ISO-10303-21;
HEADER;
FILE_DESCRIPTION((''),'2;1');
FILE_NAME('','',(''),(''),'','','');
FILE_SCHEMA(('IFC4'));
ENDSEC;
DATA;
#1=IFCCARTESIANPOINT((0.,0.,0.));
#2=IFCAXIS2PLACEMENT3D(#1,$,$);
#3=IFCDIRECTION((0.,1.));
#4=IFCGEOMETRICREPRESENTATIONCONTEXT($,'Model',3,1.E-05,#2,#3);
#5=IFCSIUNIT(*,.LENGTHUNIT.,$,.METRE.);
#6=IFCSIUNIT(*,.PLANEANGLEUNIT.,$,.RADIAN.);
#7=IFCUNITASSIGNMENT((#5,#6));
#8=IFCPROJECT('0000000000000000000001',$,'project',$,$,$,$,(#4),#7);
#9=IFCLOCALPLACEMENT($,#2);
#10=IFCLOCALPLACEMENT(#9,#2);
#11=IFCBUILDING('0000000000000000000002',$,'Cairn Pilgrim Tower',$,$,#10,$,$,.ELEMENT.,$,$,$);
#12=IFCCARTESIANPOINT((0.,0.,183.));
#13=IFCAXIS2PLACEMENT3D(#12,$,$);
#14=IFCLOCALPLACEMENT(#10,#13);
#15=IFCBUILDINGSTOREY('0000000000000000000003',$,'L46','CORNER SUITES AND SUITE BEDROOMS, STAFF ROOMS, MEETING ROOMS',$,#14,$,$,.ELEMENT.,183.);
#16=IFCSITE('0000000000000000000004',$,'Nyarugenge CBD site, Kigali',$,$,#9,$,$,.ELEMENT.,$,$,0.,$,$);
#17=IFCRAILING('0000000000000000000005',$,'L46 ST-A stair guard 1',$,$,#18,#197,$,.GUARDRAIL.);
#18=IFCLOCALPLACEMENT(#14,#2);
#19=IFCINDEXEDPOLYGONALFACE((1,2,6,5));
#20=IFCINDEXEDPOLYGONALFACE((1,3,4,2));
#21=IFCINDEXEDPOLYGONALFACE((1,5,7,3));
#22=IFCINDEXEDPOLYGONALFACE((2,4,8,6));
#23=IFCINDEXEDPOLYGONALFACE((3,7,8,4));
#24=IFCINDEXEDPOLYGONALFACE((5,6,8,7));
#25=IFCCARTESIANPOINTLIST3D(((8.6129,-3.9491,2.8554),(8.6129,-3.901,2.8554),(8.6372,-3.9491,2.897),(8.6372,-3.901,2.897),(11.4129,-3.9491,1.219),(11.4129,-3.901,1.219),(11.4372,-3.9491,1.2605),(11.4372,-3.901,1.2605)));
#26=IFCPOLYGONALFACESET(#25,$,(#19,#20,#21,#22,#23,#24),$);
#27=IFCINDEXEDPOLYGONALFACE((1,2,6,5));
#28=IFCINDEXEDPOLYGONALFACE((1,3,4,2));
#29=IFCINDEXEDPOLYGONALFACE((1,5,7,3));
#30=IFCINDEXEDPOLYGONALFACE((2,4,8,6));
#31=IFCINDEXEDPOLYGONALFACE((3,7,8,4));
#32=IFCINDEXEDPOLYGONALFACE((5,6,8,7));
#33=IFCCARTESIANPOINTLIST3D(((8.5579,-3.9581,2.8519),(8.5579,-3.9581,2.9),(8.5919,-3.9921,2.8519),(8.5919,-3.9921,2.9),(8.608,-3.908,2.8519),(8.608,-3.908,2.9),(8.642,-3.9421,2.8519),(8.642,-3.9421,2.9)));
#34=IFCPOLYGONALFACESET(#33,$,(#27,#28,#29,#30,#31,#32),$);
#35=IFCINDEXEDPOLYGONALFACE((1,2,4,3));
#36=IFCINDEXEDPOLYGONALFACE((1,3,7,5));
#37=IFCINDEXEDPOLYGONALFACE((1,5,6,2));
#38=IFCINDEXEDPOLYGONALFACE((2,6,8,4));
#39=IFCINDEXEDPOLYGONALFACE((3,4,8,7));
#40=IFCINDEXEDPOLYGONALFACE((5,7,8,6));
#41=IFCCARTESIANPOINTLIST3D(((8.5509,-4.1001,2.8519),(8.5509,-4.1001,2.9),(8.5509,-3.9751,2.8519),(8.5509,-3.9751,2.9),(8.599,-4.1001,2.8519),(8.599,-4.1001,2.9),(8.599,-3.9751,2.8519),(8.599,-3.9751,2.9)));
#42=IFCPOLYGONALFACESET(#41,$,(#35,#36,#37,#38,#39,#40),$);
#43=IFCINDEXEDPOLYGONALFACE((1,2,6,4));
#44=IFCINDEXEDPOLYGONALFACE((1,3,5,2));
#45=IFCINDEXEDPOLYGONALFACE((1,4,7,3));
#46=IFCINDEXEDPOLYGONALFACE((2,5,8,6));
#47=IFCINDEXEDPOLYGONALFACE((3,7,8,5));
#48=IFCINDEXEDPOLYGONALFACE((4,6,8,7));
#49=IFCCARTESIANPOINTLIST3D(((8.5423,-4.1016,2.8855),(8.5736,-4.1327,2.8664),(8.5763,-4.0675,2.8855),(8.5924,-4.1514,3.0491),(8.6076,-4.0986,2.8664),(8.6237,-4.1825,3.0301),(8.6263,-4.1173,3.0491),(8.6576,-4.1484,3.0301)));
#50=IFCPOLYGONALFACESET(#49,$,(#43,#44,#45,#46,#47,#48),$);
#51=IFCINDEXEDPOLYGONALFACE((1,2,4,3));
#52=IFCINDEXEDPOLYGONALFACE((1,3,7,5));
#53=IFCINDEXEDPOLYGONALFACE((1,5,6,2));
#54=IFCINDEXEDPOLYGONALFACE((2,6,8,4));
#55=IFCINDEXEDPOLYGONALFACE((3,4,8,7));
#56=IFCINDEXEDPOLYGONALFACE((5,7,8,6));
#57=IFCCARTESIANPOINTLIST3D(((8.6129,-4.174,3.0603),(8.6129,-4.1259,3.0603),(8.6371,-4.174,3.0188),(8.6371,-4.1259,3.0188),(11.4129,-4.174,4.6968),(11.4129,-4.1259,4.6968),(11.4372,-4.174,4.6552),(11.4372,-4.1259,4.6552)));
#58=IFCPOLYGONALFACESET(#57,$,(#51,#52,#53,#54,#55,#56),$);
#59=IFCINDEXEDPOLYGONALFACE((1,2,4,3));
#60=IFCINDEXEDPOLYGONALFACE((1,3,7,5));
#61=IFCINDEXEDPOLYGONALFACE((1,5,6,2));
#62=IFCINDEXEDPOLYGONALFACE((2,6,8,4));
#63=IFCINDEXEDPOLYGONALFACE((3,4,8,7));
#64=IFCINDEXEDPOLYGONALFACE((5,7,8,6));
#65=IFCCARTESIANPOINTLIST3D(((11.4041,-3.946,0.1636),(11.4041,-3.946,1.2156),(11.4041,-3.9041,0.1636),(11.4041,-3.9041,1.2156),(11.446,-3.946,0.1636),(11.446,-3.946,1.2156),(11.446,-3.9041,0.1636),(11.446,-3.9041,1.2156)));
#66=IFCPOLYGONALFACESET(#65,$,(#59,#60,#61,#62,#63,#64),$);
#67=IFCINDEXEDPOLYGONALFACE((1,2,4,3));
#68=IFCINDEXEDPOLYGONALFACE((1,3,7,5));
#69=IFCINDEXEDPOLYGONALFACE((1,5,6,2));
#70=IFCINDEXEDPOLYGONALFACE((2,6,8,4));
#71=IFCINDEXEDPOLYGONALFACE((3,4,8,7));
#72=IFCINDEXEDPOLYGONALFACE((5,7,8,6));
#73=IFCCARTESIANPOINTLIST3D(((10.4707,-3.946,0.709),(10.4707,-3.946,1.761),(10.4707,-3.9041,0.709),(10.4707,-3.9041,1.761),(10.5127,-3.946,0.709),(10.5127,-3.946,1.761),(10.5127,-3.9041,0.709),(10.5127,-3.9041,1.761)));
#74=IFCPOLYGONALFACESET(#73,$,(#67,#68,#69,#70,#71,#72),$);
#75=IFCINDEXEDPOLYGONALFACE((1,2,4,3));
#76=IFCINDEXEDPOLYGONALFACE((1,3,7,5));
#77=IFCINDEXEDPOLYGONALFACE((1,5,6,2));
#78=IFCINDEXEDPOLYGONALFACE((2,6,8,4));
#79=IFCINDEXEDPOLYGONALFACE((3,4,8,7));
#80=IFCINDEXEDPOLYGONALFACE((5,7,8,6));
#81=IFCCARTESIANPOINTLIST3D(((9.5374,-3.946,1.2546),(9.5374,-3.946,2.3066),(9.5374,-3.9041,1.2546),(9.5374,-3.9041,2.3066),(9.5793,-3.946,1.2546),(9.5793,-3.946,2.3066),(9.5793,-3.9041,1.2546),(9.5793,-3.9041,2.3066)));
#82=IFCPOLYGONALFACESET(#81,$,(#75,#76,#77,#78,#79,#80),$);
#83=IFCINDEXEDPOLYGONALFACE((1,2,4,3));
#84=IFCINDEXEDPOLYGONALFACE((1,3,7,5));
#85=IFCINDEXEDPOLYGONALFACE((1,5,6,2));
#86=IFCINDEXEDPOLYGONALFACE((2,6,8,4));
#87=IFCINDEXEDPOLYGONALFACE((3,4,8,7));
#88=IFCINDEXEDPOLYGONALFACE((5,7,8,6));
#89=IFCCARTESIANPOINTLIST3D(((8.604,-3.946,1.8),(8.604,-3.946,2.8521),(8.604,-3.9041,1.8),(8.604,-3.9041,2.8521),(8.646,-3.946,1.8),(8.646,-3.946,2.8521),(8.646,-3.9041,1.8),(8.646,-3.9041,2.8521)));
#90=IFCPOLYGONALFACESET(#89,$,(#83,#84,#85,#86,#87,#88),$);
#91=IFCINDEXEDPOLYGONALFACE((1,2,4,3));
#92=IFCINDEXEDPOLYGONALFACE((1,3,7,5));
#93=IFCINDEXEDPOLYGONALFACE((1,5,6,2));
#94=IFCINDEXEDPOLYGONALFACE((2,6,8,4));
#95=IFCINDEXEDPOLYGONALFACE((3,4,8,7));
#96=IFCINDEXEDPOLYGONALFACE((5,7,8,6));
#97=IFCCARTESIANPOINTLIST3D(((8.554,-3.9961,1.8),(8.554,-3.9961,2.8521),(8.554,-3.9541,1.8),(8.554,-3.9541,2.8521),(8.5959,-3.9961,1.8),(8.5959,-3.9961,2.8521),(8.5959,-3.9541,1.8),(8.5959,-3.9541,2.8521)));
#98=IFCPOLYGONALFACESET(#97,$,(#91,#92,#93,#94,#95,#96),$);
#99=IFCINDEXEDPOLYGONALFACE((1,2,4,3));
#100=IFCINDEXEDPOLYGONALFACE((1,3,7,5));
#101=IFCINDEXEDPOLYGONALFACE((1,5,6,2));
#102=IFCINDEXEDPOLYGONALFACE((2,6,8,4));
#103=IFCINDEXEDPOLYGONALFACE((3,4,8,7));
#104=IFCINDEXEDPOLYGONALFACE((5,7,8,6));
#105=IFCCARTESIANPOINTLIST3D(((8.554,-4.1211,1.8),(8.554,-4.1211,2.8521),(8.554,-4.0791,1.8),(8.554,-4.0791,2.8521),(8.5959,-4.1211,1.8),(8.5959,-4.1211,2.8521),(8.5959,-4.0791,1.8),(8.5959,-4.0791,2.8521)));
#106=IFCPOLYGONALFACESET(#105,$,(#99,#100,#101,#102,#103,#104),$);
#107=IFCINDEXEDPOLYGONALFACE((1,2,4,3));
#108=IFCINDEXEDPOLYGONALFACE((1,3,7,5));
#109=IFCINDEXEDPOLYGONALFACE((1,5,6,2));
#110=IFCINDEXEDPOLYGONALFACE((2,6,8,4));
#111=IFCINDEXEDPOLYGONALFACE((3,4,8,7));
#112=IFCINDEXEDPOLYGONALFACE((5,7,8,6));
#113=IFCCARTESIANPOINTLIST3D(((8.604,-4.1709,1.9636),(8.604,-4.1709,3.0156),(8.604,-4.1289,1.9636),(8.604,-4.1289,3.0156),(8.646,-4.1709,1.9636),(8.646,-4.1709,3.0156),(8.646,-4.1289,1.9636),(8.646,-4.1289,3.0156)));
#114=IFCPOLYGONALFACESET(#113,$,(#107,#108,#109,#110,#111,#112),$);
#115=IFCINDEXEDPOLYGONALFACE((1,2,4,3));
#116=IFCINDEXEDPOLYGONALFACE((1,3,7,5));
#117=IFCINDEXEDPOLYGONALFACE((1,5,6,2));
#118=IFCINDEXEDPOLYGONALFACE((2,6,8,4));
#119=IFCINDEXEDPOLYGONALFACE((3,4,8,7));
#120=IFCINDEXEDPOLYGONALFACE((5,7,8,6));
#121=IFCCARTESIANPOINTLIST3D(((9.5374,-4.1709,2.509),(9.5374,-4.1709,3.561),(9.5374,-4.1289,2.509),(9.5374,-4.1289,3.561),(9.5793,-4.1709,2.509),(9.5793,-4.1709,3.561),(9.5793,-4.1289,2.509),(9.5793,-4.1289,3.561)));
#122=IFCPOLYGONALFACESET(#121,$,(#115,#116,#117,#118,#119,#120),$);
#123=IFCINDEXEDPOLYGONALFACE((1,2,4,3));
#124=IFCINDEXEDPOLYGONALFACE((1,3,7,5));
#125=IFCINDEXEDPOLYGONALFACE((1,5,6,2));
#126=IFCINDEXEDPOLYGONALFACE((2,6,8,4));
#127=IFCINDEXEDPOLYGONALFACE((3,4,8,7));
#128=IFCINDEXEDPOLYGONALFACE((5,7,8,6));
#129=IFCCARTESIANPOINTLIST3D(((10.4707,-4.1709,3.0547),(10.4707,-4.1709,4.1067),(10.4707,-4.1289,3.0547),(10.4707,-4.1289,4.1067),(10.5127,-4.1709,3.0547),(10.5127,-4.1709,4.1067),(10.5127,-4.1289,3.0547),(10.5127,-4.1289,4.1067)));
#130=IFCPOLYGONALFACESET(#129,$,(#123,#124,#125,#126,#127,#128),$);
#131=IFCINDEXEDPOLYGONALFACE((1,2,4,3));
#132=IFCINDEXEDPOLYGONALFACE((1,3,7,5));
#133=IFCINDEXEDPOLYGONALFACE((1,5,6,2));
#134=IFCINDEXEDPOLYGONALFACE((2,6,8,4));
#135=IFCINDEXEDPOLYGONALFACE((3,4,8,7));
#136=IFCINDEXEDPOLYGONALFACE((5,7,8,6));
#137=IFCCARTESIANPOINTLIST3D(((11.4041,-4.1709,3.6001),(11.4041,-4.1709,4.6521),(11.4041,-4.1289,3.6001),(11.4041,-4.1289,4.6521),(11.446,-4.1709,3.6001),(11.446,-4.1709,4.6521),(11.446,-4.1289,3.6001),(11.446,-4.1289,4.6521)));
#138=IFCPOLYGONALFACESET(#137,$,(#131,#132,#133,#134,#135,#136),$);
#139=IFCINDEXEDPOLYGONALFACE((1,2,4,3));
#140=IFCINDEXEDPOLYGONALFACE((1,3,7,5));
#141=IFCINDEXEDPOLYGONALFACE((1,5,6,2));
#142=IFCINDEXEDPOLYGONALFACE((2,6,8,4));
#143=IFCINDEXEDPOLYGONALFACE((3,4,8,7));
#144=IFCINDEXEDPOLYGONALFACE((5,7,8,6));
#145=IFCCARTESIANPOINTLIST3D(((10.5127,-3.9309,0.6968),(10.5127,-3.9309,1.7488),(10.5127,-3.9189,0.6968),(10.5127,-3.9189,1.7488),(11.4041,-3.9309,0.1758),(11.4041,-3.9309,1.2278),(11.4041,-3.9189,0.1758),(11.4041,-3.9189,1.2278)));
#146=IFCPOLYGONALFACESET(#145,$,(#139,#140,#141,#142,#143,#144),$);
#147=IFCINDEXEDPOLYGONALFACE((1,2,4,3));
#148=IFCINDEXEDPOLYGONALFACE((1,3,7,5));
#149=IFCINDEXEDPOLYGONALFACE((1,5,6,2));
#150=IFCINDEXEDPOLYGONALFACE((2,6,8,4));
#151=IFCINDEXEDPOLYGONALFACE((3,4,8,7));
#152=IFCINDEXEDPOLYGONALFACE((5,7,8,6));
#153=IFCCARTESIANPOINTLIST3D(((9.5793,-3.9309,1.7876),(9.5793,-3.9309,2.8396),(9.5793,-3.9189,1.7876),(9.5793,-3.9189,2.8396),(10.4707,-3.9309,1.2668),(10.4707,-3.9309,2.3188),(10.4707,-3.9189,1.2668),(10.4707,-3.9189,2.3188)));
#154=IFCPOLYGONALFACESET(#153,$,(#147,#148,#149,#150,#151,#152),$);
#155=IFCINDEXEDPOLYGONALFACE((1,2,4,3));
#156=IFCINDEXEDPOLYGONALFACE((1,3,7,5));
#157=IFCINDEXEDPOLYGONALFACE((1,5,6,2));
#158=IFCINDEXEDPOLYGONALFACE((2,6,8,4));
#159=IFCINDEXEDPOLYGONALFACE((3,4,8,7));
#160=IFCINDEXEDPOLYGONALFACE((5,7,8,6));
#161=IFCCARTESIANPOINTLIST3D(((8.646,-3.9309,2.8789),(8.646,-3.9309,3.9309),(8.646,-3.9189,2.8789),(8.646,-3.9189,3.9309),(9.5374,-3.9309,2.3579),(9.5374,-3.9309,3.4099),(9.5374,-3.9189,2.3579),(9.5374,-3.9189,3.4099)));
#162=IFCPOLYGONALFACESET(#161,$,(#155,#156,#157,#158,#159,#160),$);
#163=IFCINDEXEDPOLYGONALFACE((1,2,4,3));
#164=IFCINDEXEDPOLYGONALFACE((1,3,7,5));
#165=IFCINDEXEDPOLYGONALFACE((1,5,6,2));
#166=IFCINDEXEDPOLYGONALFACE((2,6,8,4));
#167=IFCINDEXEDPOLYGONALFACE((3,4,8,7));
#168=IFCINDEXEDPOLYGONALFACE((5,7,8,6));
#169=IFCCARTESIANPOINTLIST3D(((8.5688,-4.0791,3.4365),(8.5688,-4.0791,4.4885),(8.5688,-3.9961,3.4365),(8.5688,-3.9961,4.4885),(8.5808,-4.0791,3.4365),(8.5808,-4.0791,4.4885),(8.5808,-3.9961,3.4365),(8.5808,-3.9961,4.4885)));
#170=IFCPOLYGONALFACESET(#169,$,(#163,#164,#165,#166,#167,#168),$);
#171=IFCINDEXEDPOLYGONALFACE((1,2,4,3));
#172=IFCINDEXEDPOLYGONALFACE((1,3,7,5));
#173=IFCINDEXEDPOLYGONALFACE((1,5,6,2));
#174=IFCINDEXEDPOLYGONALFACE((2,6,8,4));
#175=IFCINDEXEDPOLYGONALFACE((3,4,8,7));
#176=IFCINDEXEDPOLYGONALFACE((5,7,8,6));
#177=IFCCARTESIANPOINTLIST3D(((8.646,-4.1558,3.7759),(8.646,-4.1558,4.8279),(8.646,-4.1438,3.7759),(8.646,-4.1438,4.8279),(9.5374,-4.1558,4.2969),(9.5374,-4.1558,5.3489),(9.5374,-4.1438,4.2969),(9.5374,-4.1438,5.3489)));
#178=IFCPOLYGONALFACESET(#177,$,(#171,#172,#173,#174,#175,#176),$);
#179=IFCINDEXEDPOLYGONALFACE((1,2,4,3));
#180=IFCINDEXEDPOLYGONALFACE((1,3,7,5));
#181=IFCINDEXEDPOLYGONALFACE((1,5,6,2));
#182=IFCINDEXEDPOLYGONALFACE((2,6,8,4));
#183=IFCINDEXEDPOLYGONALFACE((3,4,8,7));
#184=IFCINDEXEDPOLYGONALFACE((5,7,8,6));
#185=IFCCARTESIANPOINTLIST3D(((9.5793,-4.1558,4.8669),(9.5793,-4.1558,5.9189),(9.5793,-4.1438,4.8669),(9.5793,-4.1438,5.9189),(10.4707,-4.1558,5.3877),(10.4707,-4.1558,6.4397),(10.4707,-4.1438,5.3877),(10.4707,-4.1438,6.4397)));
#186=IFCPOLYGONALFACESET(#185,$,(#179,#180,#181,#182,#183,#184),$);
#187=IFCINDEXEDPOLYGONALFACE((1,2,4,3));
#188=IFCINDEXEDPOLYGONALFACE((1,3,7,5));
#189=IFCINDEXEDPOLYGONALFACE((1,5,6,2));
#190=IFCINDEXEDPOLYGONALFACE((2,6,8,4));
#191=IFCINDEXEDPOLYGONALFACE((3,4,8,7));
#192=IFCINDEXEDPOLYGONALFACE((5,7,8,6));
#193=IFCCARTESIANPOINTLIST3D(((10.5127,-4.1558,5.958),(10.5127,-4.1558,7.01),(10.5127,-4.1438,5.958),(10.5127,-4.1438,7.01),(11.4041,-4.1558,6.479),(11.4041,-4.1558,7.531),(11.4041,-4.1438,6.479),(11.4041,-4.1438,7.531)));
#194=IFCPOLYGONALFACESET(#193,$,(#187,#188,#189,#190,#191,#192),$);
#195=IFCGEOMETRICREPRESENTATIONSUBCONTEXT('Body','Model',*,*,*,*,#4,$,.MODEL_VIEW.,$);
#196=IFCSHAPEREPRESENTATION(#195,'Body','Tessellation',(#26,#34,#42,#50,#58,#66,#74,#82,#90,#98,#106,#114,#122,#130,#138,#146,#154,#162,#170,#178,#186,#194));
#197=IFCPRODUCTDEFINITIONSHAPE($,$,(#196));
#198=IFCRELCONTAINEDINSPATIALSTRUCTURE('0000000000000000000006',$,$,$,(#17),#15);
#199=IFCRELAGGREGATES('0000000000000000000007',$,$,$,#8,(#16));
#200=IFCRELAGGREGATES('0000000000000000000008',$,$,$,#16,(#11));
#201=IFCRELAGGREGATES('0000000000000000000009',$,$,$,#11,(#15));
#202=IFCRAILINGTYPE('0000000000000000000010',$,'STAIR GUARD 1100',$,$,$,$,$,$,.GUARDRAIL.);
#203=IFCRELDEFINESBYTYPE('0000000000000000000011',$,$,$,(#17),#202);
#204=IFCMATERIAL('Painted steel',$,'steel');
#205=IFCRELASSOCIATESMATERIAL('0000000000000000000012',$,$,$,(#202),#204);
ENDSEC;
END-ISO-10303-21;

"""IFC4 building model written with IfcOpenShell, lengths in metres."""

from ifc_helpers import new_model, si_unit, direction, frame, origin, origin_2d, place, context, subcontext, project, spatial, polyline, rectangle, outline, extrude, material, type_object, element, save


model = new_model("IFC4")

# Units and contexts
model_context = context("Model", 3, precision=1e-05, world=origin(), true_north=direction((0.0, 1.0)))
body_context = subcontext(model_context, "Body", "Model", "MODEL_VIEW")
ifc_project = project(units=[si_unit("LENGTHUNIT", "METRE"), si_unit("PLANEANGLEUNIT", "RADIAN")], contexts=[model_context])

# Site, building, storey
site_placement = place(None, origin())
site = spatial("IfcSite", under=ifc_project, at=site_placement, Name="Nyarugenge CBD site, Kigali", CompositionType="ELEMENT", RefElevation=0.0)
building_placement = place(site_placement, origin())
building = spatial("IfcBuilding", under=site, at=building_placement, Name="Cairn Pilgrim Tower", CompositionType="ELEMENT")
storey_placement = place(building_placement, frame((0.0, 0.0, 183.0)))
storey = spatial("IfcBuildingStorey", under=building, at=storey_placement, Name="L46", Description="CORNER SUITES AND SUITE BEDROOMS, STAFF ROOMS, MEETING ROOMS", CompositionType="ELEMENT", Elevation=183.0)

# Railing
ifc_material_1 = material(Name="Painted steel", Category="steel")
railing_type_1 = type_object("IfcRailingType", Name="STAIR GUARD 1100", PredefinedType="GUARDRAIL", material=ifc_material_1)
railing_1_placement = place(storey_placement, frame((11.425, -3.925, 0.1636)))
element("IfcRailing", 1, at=railing_1_placement, inside=storey, type_object=railing_type_1, Name="L46 ST-A stair guard 1", PredefinedType="GUARDRAIL", context=body_context, shape_type="SweptSolid", body=[
    extrude(rectangle(XDim=0.0481, YDim=0.0481, at=origin_2d()), frame((0.0, 0.0, 1.0762), z_axis=(-0.863361, 0.0, 0.504587), x_axis=(0.0, -1.0, 0.0)), (0.0, 0.0, 1.0), 3.2432),
    extrude(rectangle(XDim=0.0481, YDim=0.0481, at=origin_2d()), frame((-2.8, 0.0, 2.7124), z_axis=(-0.707107, -0.707107, 0.0), x_axis=(0.707107, -0.707107, 0.0)), (0.0, 0.0, 1.0), 0.0708),
    extrude(rectangle(XDim=0.0481, YDim=0.0481, at=origin_2d()), frame((-2.8501, -0.05, 2.7124), z_axis=(0.0, -1.0, 0.0), x_axis=(1.0, 0.0, 0.0)), (0.0, 0.0, 1.0), 0.125),
    extrude(rectangle(XDim=0.0481, YDim=0.0481, at=origin_2d()), frame((-2.8501, -0.175, 2.7124), z_axis=(0.280917, -0.279546, 0.918118), x_axis=(0.705376, 0.708834, 0.0)), (0.0, 0.0, 1.0), 0.1782),
    extrude(rectangle(XDim=0.0481, YDim=0.0481, at=origin_2d()), frame((-2.8, -0.2249, 2.876), z_axis=(0.863361, 0.0, 0.504587), x_axis=(0.0, 1.0, 0.0)), (0.0, 0.0, 1.0), 3.2432),
    extrude(rectangle(XDim=0.042, YDim=0.042, at=origin_2d()), origin(), (0.0, 0.0, 1.0), 1.052),
    extrude(rectangle(XDim=0.042, YDim=0.042, at=origin_2d()), frame((-0.9333, 0.0, 0.5454)), (0.0, 0.0, 1.0), 1.052),
    extrude(rectangle(XDim=0.042, YDim=0.042, at=origin_2d()), frame((-1.8667, 0.0, 1.0911)), (0.0, 0.0, 1.0), 1.052),
    extrude(rectangle(XDim=0.042, YDim=0.042, at=origin_2d()), frame((-2.8, 0.0, 1.6365)), (0.0, 0.0, 1.0), 1.052),
    extrude(rectangle(XDim=0.042, YDim=0.042, at=origin_2d()), frame((-2.8501, -0.05, 1.6365)), (0.0, 0.0, 1.0), 1.052),
    extrude(rectangle(XDim=0.042, YDim=0.042, at=origin_2d()), frame((-2.8501, -0.175, 1.6365)), (0.0, 0.0, 1.0), 1.052),
    extrude(rectangle(XDim=0.042, YDim=0.042, at=origin_2d()), frame((-2.8, -0.2249, 1.8)), (0.0, 0.0, 1.0), 1.052),
    extrude(rectangle(XDim=0.042, YDim=0.042, at=origin_2d()), frame((-1.8667, -0.2249, 2.3455)), (0.0, 0.0, 1.0), 1.052),
    extrude(rectangle(XDim=0.042, YDim=0.042, at=origin_2d()), frame((-0.9333, -0.2249, 2.8911)), (0.0, 0.0, 1.0), 1.052),
    extrude(rectangle(XDim=0.042, YDim=0.042, at=origin_2d()), frame((0.0, -0.2249, 3.4365)), (0.0, 0.0, 1.0), 1.052),
    extrude(outline(polyline([(0.021, 0.0122), (0.9124, 0.5332), (0.9124, 1.5852), (0.021, 1.0642), (0.021, 0.0122)])), frame((0.0, -0.0059, 0.0), z_axis=(0.0, 1.0, 0.0), x_axis=(-1.0, 0.0, 0.0)), (0.0, 0.0, 1.0), 0.012),
    extrude(outline(polyline([(0.021, 0.5579), (0.9124, 1.0786), (0.9124, 2.1306), (0.021, 1.6099), (0.021, 0.5579)])), frame((-0.9333, -0.0059, 0.5454), z_axis=(0.0, 1.0, 0.0), x_axis=(-1.0, 0.0, 0.0)), (0.0, 0.0, 1.0), 0.012),
    extrude(outline(polyline([(0.021, 1.1033), (0.9124, 1.6243), (0.9124, 2.6763), (0.021, 2.1553), (0.021, 1.1033)])), frame((-1.8667, -0.0059, 1.0911), z_axis=(0.0, 1.0, 0.0), x_axis=(-1.0, 0.0, 0.0)), (0.0, 0.0, 1.0), 0.012),
    extrude(outline(polyline([(0.021, 1.6365), (0.104, 1.6365), (0.104, 2.6885), (0.021, 2.6885), (0.021, 1.6365)])), frame((-2.8442, -0.05, 1.6365), z_axis=(-1.0, 0.0, 0.0), x_axis=(0.0, -1.0, 0.0)), (0.0, 0.0, 1.0), 0.012),
    extrude(outline(polyline([(0.021, 1.8123), (0.9124, 2.3333), (0.9124, 3.3853), (0.021, 2.8643), (0.021, 1.8123)])), frame((-2.8, -0.2188, 1.8), z_axis=(0.0, -1.0, 0.0), x_axis=(1.0, 0.0, 0.0)), (0.0, 0.0, 1.0), 0.012),
    extrude(outline(polyline([(0.021, 2.3579), (0.9124, 2.8787), (0.9124, 3.9307), (0.021, 3.4099), (0.021, 2.3579)])), frame((-1.8667, -0.2188, 2.3455), z_axis=(0.0, -1.0, 0.0), x_axis=(1.0, 0.0, 0.0)), (0.0, 0.0, 1.0), 0.012),
    extrude(outline(polyline([(0.021, 2.9033), (0.9124, 3.4243), (0.9124, 4.4763), (0.021, 3.9553), (0.021, 2.9033)])), frame((-0.9333, -0.2188, 2.8911), z_axis=(0.0, -1.0, 0.0), x_axis=(1.0, 0.0, 0.0)), (0.0, 0.0, 1.0), 0.012),
])

save(model, "model.ifc")
